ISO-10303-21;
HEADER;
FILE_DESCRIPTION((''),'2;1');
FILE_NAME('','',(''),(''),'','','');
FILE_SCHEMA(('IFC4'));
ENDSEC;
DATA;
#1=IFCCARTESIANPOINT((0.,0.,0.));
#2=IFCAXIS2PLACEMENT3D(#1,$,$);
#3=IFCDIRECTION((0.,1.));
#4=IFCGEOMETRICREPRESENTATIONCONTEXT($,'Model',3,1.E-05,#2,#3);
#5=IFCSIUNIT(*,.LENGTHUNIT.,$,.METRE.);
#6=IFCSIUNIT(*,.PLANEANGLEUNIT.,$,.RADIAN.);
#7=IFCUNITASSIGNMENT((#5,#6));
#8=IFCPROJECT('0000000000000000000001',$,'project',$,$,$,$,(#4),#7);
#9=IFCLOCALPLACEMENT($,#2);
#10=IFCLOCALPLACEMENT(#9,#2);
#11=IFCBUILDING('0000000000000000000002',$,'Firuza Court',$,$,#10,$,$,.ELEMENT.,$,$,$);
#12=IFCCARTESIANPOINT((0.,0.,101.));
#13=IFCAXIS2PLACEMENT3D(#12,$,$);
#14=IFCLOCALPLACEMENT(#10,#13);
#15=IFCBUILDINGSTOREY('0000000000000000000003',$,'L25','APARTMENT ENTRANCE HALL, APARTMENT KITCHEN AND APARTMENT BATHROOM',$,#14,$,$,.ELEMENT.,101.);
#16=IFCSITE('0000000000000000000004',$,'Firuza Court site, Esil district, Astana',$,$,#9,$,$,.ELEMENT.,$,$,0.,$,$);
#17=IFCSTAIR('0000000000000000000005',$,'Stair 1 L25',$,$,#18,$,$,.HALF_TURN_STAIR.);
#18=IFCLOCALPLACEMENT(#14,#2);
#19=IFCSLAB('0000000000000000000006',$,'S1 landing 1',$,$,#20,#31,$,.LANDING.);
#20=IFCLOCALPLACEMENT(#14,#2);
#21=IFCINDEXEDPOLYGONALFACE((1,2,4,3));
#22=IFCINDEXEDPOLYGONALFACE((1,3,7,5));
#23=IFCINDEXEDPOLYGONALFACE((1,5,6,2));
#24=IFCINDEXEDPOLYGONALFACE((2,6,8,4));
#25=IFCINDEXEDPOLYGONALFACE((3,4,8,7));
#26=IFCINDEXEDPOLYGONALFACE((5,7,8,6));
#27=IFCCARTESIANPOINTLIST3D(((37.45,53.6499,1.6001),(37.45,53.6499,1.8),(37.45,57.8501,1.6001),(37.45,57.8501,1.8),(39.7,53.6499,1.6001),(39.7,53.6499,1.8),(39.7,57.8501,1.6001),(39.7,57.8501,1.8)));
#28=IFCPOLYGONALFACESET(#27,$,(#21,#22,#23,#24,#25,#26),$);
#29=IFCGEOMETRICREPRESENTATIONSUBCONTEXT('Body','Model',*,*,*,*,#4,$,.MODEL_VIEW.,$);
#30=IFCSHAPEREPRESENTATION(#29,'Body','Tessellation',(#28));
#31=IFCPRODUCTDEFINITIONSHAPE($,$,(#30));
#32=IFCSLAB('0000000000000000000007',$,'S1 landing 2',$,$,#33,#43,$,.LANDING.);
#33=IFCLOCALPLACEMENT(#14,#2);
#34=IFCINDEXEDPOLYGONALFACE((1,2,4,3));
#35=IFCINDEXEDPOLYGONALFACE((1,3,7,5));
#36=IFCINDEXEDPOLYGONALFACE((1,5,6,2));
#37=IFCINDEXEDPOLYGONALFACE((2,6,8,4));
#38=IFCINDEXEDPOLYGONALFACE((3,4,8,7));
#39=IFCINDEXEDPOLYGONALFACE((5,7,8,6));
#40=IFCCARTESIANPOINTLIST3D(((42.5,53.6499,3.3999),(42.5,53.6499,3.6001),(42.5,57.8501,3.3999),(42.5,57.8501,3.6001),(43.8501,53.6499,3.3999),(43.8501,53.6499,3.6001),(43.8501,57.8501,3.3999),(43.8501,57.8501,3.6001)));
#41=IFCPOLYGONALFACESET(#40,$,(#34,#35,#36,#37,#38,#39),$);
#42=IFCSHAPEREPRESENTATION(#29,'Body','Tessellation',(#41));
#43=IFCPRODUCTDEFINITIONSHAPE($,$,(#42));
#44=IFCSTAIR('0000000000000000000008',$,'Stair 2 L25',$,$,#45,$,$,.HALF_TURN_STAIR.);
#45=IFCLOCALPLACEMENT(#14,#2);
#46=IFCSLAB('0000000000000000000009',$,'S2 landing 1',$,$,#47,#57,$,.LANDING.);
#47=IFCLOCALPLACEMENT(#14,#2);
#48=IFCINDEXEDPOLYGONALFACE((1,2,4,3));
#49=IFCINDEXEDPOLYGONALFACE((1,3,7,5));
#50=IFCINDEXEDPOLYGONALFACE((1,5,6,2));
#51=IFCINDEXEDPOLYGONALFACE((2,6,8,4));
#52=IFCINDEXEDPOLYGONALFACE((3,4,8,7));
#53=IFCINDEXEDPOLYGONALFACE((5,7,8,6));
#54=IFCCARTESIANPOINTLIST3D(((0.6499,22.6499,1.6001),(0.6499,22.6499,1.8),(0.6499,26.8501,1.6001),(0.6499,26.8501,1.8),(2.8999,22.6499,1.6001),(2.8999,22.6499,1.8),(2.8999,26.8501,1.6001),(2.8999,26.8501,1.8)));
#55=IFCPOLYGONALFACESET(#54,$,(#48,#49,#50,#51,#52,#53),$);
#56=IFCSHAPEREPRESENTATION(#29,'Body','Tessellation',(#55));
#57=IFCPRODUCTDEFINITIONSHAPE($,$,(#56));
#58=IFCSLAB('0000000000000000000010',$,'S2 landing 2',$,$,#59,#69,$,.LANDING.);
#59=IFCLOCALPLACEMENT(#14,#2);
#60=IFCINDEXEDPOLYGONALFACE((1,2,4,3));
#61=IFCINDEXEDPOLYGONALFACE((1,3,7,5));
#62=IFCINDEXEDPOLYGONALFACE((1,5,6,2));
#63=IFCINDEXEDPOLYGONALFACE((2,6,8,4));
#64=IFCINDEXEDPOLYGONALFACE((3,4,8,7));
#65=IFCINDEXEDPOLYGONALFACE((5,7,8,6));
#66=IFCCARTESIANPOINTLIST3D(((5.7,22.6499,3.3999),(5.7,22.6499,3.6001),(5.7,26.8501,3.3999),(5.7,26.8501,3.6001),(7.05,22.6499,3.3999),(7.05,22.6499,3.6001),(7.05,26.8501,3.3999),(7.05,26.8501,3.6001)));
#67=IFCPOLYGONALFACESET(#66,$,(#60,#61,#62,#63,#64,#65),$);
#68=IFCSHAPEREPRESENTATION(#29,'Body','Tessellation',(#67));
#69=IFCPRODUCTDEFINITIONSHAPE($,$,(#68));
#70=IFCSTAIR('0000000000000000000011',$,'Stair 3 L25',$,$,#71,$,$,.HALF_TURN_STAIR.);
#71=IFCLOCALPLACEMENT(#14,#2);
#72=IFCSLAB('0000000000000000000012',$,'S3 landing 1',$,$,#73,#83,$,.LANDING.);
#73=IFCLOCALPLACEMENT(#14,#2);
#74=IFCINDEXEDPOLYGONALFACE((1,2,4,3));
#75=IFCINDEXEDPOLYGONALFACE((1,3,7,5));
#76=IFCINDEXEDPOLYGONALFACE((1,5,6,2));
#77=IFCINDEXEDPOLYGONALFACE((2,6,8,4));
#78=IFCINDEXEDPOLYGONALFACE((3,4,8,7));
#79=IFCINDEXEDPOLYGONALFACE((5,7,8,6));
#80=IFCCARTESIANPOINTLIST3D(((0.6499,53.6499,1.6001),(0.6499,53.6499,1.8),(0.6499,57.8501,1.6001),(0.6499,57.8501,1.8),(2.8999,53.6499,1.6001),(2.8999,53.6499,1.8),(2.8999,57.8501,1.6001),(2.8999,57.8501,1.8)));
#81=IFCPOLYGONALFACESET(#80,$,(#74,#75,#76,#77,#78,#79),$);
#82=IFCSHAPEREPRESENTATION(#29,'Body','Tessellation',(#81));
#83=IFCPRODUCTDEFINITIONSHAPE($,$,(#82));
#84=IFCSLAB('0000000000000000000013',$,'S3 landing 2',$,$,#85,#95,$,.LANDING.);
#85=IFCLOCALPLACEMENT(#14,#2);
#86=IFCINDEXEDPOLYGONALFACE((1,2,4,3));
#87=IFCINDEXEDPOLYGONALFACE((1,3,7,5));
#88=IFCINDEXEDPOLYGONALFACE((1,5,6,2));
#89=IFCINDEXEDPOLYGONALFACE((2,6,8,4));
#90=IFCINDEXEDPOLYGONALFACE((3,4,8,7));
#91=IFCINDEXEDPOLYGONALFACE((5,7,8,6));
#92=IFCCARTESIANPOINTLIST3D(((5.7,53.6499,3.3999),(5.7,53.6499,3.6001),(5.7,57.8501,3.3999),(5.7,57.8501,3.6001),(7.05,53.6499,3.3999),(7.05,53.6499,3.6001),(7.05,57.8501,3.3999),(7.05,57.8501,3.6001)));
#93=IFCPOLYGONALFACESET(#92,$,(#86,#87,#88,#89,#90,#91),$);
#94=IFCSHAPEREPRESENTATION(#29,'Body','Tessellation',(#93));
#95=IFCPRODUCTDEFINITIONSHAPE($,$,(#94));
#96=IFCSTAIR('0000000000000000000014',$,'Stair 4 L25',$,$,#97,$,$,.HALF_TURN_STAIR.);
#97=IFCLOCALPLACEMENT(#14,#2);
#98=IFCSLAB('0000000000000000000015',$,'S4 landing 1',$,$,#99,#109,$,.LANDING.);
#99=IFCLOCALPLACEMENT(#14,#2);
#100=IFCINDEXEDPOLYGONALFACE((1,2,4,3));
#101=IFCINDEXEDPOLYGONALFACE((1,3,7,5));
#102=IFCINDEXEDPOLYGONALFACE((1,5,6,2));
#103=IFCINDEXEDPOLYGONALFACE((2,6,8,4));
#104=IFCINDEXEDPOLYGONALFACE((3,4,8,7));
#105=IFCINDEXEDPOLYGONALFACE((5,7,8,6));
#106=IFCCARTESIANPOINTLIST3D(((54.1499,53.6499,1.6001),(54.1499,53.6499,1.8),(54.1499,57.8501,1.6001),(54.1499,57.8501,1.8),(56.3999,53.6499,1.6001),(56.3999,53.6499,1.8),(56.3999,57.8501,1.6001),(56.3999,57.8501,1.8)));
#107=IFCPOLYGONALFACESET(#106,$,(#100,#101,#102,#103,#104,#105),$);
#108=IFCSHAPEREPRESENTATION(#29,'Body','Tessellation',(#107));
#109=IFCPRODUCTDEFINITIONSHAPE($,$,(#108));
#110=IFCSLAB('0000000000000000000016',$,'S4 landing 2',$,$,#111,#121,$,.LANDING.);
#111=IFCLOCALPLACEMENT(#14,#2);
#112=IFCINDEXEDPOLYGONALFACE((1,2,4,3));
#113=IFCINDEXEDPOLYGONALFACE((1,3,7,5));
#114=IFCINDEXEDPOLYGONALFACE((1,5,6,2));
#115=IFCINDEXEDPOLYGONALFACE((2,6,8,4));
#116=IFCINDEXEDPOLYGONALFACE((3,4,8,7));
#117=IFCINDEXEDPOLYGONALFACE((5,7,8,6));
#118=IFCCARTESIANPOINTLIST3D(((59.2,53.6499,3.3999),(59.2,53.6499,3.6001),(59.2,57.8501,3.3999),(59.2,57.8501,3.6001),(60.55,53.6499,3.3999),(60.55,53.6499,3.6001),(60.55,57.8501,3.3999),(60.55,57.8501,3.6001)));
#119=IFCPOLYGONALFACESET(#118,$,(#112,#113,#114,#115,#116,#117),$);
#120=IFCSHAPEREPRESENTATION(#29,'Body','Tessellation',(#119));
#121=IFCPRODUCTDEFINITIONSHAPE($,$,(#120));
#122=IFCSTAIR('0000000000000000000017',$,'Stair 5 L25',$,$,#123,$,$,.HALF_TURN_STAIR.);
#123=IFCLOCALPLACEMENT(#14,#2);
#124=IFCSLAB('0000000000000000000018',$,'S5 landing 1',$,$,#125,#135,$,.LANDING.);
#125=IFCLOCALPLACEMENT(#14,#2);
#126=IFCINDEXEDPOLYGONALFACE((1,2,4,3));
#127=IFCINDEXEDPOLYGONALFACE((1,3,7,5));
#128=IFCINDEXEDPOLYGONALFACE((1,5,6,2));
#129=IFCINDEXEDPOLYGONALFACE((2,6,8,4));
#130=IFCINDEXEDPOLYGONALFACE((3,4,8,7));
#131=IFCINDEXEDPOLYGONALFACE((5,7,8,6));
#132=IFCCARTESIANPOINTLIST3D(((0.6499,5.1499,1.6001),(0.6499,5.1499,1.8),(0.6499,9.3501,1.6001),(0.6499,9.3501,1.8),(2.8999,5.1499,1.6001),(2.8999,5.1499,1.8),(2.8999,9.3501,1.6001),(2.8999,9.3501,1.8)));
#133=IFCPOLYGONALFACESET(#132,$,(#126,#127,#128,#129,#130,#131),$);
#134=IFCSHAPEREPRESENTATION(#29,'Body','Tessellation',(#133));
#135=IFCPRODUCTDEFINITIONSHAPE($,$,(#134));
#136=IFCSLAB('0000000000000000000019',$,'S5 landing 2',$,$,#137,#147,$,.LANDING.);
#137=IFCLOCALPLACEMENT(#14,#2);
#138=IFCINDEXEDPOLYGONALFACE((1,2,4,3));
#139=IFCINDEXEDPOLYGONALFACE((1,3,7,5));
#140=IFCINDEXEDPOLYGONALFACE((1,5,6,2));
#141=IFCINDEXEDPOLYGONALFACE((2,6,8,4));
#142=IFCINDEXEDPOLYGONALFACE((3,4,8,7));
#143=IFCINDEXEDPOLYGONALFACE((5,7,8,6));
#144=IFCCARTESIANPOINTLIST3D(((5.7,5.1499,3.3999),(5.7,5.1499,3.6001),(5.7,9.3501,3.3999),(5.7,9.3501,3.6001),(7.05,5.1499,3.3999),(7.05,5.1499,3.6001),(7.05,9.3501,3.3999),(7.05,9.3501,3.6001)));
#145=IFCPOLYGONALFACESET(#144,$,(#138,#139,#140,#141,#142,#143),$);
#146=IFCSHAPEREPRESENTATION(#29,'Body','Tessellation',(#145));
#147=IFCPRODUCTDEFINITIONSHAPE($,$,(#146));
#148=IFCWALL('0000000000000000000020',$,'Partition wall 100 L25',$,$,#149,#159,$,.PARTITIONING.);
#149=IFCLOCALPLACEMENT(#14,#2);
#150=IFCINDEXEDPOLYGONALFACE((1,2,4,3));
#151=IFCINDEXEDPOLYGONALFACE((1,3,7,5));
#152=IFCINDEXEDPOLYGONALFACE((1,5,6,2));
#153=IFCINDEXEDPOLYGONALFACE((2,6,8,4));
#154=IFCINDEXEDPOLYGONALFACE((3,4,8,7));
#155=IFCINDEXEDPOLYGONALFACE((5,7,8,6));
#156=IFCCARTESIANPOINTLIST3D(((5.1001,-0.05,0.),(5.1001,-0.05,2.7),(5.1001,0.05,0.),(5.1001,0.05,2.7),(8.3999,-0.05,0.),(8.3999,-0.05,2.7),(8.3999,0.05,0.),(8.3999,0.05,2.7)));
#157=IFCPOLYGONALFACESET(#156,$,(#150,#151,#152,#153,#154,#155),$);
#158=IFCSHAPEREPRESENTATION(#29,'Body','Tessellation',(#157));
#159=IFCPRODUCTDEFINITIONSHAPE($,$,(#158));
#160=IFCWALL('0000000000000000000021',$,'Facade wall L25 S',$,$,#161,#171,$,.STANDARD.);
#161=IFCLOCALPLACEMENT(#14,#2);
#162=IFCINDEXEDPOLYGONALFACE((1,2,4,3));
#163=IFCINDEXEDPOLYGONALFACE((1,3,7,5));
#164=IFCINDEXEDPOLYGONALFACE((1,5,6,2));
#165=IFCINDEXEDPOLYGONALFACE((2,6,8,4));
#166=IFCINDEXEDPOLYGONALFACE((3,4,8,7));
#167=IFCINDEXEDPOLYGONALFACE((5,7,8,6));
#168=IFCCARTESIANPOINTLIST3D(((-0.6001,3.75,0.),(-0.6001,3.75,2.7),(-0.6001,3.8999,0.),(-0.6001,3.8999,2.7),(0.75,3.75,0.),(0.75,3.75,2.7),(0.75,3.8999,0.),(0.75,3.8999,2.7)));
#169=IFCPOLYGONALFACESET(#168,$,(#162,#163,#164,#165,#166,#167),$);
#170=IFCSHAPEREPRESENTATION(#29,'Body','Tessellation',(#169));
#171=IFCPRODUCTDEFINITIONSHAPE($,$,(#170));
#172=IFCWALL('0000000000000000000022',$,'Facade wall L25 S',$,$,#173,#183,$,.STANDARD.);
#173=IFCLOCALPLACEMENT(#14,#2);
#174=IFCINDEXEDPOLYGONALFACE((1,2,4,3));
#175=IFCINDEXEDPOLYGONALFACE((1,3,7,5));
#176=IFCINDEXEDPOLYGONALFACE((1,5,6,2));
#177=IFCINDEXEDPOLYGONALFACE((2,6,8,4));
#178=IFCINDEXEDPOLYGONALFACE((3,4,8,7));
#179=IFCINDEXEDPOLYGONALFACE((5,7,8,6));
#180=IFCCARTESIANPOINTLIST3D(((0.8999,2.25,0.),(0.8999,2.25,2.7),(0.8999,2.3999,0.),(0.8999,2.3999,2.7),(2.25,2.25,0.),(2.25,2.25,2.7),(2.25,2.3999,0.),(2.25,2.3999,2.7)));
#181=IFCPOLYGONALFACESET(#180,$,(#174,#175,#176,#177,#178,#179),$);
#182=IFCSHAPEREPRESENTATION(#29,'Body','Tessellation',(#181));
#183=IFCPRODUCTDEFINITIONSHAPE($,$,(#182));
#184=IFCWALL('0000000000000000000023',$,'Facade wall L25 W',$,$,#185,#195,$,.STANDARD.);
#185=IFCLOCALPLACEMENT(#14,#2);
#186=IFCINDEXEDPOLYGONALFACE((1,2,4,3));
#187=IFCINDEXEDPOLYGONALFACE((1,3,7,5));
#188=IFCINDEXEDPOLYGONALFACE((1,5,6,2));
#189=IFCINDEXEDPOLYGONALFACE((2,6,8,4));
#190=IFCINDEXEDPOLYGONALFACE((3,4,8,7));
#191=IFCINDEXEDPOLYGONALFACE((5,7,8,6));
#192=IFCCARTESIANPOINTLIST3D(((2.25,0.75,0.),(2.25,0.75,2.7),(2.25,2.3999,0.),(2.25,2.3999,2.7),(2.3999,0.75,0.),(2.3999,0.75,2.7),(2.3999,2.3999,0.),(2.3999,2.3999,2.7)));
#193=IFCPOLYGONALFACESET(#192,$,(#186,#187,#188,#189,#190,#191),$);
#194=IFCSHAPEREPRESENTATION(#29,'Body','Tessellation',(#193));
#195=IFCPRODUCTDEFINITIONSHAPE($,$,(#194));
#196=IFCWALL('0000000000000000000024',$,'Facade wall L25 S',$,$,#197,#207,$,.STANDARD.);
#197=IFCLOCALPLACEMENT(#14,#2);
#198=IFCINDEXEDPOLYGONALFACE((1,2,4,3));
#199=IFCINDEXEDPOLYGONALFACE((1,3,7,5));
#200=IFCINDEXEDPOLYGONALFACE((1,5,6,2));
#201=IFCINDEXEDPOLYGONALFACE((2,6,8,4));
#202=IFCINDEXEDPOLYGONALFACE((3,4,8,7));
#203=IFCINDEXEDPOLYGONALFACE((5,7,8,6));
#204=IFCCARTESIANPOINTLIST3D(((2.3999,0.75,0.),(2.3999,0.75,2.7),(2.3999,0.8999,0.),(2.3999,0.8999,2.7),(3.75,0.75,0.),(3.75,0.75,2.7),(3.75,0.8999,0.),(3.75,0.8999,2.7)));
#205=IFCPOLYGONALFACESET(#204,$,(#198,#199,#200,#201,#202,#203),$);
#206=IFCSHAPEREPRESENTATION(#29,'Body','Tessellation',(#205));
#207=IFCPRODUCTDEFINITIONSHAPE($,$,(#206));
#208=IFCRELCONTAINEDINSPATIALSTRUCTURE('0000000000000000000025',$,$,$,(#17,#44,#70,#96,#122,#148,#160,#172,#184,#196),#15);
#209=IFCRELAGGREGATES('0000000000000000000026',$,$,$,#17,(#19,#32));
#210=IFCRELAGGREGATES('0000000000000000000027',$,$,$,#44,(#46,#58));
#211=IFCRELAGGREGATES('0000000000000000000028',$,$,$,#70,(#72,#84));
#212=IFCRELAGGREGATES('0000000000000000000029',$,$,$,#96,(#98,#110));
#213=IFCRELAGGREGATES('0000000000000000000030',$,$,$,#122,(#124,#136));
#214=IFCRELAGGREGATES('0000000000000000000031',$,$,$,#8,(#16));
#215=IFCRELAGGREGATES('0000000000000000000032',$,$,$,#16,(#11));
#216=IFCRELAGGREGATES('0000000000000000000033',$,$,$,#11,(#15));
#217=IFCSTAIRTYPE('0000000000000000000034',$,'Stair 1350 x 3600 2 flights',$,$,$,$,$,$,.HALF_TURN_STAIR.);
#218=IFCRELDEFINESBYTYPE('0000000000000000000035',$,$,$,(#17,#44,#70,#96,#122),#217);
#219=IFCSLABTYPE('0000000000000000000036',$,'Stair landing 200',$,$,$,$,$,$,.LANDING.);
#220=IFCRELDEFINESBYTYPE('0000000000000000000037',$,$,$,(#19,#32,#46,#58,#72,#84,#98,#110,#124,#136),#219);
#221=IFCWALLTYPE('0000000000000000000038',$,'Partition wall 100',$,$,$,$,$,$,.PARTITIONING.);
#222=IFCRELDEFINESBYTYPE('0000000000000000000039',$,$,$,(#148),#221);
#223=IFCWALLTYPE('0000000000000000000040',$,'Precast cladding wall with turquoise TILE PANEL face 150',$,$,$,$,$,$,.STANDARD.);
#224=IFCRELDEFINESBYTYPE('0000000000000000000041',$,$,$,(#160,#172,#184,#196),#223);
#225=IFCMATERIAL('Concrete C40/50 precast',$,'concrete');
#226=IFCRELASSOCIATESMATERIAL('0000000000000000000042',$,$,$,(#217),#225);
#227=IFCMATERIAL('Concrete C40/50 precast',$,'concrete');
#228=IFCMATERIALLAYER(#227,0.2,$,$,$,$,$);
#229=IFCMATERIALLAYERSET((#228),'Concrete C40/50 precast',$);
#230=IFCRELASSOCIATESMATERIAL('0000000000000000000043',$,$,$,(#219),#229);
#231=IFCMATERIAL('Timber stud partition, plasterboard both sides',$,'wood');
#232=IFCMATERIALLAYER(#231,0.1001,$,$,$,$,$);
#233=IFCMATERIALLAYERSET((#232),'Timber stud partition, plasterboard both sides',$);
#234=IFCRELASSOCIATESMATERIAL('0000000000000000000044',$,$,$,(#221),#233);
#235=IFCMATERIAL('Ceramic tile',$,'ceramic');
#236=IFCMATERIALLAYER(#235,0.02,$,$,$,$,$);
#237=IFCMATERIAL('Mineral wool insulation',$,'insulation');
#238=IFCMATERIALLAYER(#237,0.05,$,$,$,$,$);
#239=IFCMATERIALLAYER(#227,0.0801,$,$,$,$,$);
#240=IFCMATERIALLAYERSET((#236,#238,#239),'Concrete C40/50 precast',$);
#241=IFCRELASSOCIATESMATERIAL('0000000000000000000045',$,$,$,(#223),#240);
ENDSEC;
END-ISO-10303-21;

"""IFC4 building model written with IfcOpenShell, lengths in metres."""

from ifc_helpers import new_model, si_unit, direction, frame, frame_2d, origin, place, context, subcontext, project, spatial, polyline, rectangle, outline, extrude, material, layer, layer_set, type_object, element, aggregate, save


model = new_model("IFC4")

# Units and contexts
model_context = context("Model", 3, precision=1e-05, world=origin(), true_north=direction((0.0, 1.0)))
body_context = subcontext(model_context, "Body", "Model", "MODEL_VIEW")
ifc_project = project(units=[si_unit("LENGTHUNIT", "METRE"), si_unit("PLANEANGLEUNIT", "RADIAN")], contexts=[model_context])

# Site, building, storey
site_placement = place(None, origin())
site = spatial("IfcSite", under=ifc_project, at=site_placement, Name="Firuza Court site, Esil district, Astana", CompositionType="ELEMENT", RefElevation=0.0)
building_placement = place(site_placement, origin())
building = spatial("IfcBuilding", under=site, at=building_placement, Name="Firuza Court", CompositionType="ELEMENT")
storey_placement = place(building_placement, frame((0.0, 0.0, 101.0)))
storey = spatial("IfcBuildingStorey", under=building, at=storey_placement, Name="L25", Description="APARTMENT ENTRANCE HALL, APARTMENT KITCHEN AND APARTMENT BATHROOM", CompositionType="ELEMENT", Elevation=101.0)

# Stairs, slabs
ifc_material_1 = material(Name="Concrete C40/50 precast", Category="concrete")
stair_type = type_object("IfcStairType", Name="Stair 1350 x 3600 2 flights", PredefinedType="HALF_TURN_STAIR", material=ifc_material_1)
stair_1_placement = place(storey_placement, origin())
stair_1 = element("IfcStair", 1, at=stair_1_placement, inside=storey, type_object=stair_type, Name="Stair 1 L25", PredefinedType="HALF_TURN_STAIR")
ifc_material_2 = material(Name="Concrete C40/50 precast", Category="concrete")
ifc_layer_1 = layer(ifc_material_2, 0.2)
ifc_layer_set_1 = layer_set([ifc_layer_1], Name="Concrete C40/50 precast")
slab_type_1 = type_object("IfcSlabType", Name="Stair landing 200", PredefinedType="LANDING", material=ifc_layer_set_1)
slab_1_placement = place(storey_placement, frame((0.0, 0.0, 1.6001)))
slab_1 = element("IfcSlab", 2, at=slab_1_placement, type_object=slab_type_1, Name="S1 landing 1", PredefinedType="LANDING", context=body_context, shape_type="SweptSolid", body=[
    extrude(outline(polyline([(39.7, 53.6499), (39.7, 57.8501), (37.45, 57.8501), (37.45, 53.6499), (39.7, 53.6499)])), origin(), (0.0, 0.0, 1.0), 0.2),
])
slab_2_placement = place(storey_placement, frame((0.0, 0.0, 3.3999)))
slab_2 = element("IfcSlab", 3, at=slab_2_placement, type_object=slab_type_1, Name="S1 landing 2", PredefinedType="LANDING", context=body_context, shape_type="SweptSolid", body=[
    extrude(outline(polyline([(43.8501, 53.6499), (43.8501, 57.8501), (42.5, 57.8501), (42.5, 53.6499), (43.8501, 53.6499)])), origin(), (0.0, 0.0, 1.0), 0.2002),
])
aggregate(stair_1, [slab_1, slab_2])
stair_2_placement = place(storey_placement, origin())
stair_2 = element("IfcStair", 4, at=stair_2_placement, inside=storey, type_object=stair_type, Name="Stair 2 L25", PredefinedType="HALF_TURN_STAIR")
slab_3_placement = place(storey_placement, frame((0.0, 0.0, 1.6001)))
slab_3 = element("IfcSlab", 5, at=slab_3_placement, type_object=slab_type_1, Name="S2 landing 1", PredefinedType="LANDING", context=body_context, shape_type="SweptSolid", body=[
    extrude(outline(polyline([(2.8999, 22.6499), (2.8999, 26.8501), (0.6499, 26.8501), (0.6499, 22.6499), (2.8999, 22.6499)])), origin(), (0.0, 0.0, 1.0), 0.2),
])
slab_4_placement = place(storey_placement, frame((0.0, 0.0, 3.3999)))
slab_4 = element("IfcSlab", 6, at=slab_4_placement, type_object=slab_type_1, Name="S2 landing 2", PredefinedType="LANDING", context=body_context, shape_type="SweptSolid", body=[
    extrude(outline(polyline([(7.05, 22.6499), (7.05, 26.8501), (5.7, 26.8501), (5.7, 22.6499), (7.05, 22.6499)])), origin(), (0.0, 0.0, 1.0), 0.2002),
])
aggregate(stair_2, [slab_3, slab_4])
stair_3_placement = place(storey_placement, origin())
stair_3 = element("IfcStair", 7, at=stair_3_placement, inside=storey, type_object=stair_type, Name="Stair 3 L25", PredefinedType="HALF_TURN_STAIR")
slab_5_placement = place(storey_placement, frame((0.0, 0.0, 1.6001)))
slab_5 = element("IfcSlab", 8, at=slab_5_placement, type_object=slab_type_1, Name="S3 landing 1", PredefinedType="LANDING", context=body_context, shape_type="SweptSolid", body=[
    extrude(outline(polyline([(2.8999, 53.6499), (2.8999, 57.8501), (0.6499, 57.8501), (0.6499, 53.6499), (2.8999, 53.6499)])), origin(), (0.0, 0.0, 1.0), 0.2),
])
slab_6_placement = place(storey_placement, frame((0.0, 0.0, 3.3999)))
slab_6 = element("IfcSlab", 9, at=slab_6_placement, type_object=slab_type_1, Name="S3 landing 2", PredefinedType="LANDING", context=body_context, shape_type="SweptSolid", body=[
    extrude(outline(polyline([(7.05, 53.6499), (7.05, 57.8501), (5.7, 57.8501), (5.7, 53.6499), (7.05, 53.6499)])), origin(), (0.0, 0.0, 1.0), 0.2002),
])
aggregate(stair_3, [slab_5, slab_6])
stair_4_placement = place(storey_placement, origin())
stair_4 = element("IfcStair", 10, at=stair_4_placement, inside=storey, type_object=stair_type, Name="Stair 4 L25", PredefinedType="HALF_TURN_STAIR")
slab_7_placement = place(storey_placement, frame((0.0, 0.0, 1.6001)))
slab_7 = element("IfcSlab", 11, at=slab_7_placement, type_object=slab_type_1, Name="S4 landing 1", PredefinedType="LANDING", context=body_context, shape_type="SweptSolid", body=[
    extrude(outline(polyline([(56.3999, 53.6499), (56.3999, 57.8501), (54.1499, 57.8501), (54.1499, 53.6499), (56.3999, 53.6499)])), origin(), (0.0, 0.0, 1.0), 0.2),
])
slab_8_placement = place(storey_placement, frame((0.0, 0.0, 3.3999)))
slab_8 = element("IfcSlab", 12, at=slab_8_placement, type_object=slab_type_1, Name="S4 landing 2", PredefinedType="LANDING", context=body_context, shape_type="SweptSolid", body=[
    extrude(outline(polyline([(60.55, 53.6499), (60.55, 57.8501), (59.2, 57.8501), (59.2, 53.6499), (60.55, 53.6499)])), origin(), (0.0, 0.0, 1.0), 0.2002),
])
aggregate(stair_4, [slab_7, slab_8])
stair_5_placement = place(storey_placement, origin())
stair_5 = element("IfcStair", 13, at=stair_5_placement, inside=storey, type_object=stair_type, Name="Stair 5 L25", PredefinedType="HALF_TURN_STAIR")
slab_9_placement = place(storey_placement, frame((0.0, 0.0, 1.6001)))
slab_9 = element("IfcSlab", 14, at=slab_9_placement, type_object=slab_type_1, Name="S5 landing 1", PredefinedType="LANDING", context=body_context, shape_type="SweptSolid", body=[
    extrude(outline(polyline([(2.8999, 5.1499), (2.8999, 9.3501), (0.6499, 9.3501), (0.6499, 5.1499), (2.8999, 5.1499)])), origin(), (0.0, 0.0, 1.0), 0.2),
])
slab_10_placement = place(storey_placement, frame((0.0, 0.0, 3.3999)))
slab_10 = element("IfcSlab", 15, at=slab_10_placement, type_object=slab_type_1, Name="S5 landing 2", PredefinedType="LANDING", context=body_context, shape_type="SweptSolid", body=[
    extrude(outline(polyline([(7.05, 5.1499), (7.05, 9.3501), (5.7, 9.3501), (5.7, 5.1499), (7.05, 5.1499)])), origin(), (0.0, 0.0, 1.0), 0.2002),
])
aggregate(stair_5, [slab_9, slab_10])

# Walls
ifc_material_3 = material(Name="Timber stud partition, plasterboard both sides", Category="wood")
ifc_layer_2 = layer(ifc_material_3, 0.1001)
ifc_layer_set_2 = layer_set([ifc_layer_2], Name="Timber stud partition, plasterboard both sides")
wall_type_1 = type_object("IfcWallType", Name="Partition wall 100", PredefinedType="PARTITIONING", material=ifc_layer_set_2)
wall_1_placement = place(storey_placement, frame((5.1001, 0.0, 0.0), z_axis=(0.0, 0.0, 1.0), x_axis=(1.0, 0.0, 0.0)))
element("IfcWall", 16, at=wall_1_placement, inside=storey, type_object=wall_type_1, Name="Partition wall 100 L25", PredefinedType="PARTITIONING", context=body_context, shape_type="SweptSolid", body=[
    extrude(rectangle(XDim=3.2998, YDim=0.1001, at=frame_2d((1.6499, 0.0))), origin(), (0.0, 0.0, 1.0), 2.7),
])
ifc_material_4 = material(Name="Ceramic tile", Category="ceramic")
ifc_layer_3 = layer(ifc_material_4, 0.02)
ifc_material_5 = material(Name="Mineral wool insulation", Category="insulation")
ifc_layer_4 = layer(ifc_material_5, 0.05)
ifc_layer_5 = layer(ifc_material_2, 0.0801)
ifc_layer_set_3 = layer_set([ifc_layer_3, ifc_layer_4, ifc_layer_5], Name="Concrete C40/50 precast")
wall_type_2 = type_object("IfcWallType", Name="Precast cladding wall with turquoise TILE PANEL face 150", PredefinedType="STANDARD", material=ifc_layer_set_3)
for number, where, z_axis, x_axis, name in (
    (17, (-0.6001, 3.825, 0.0), (0.0, 0.0, 1.0), (1.0, 0.0, 0.0), "Facade wall L25 S"),
    (18, (0.8999, 2.325, 0.0), (0.0, 0.0, 1.0), (1.0, 0.0, 0.0), "Facade wall L25 S"),
):
    element("IfcWall", number, at=place(storey_placement, frame(where, z_axis=z_axis, x_axis=x_axis)), inside=storey, type_object=wall_type_2, Name=name, PredefinedType="STANDARD", context=body_context, shape_type="SweptSolid", body=[
        extrude(rectangle(XDim=1.3501, YDim=0.1499, at=frame_2d((0.675, 0.0))), origin(), (0.0, 0.0, 1.0), 2.7),
    ])
wall_2_placement = place(storey_placement, frame((2.325, 2.3999, 0.0), z_axis=(0.0, 0.0, 1.0), x_axis=(0.0, -1.0, 0.0)))
element("IfcWall", 19, at=wall_2_placement, inside=storey, type_object=wall_type_2, Name="Facade wall L25 W", PredefinedType="STANDARD", context=body_context, shape_type="SweptSolid", body=[
    extrude(rectangle(XDim=1.6499, YDim=0.1499, at=frame_2d((0.825, 0.0))), origin(), (0.0, 0.0, 1.0), 2.7),
])
wall_3_placement = place(storey_placement, frame((2.3999, 0.825, 0.0), z_axis=(0.0, 0.0, 1.0), x_axis=(1.0, 0.0, 0.0)))
element("IfcWall", 20, at=wall_3_placement, inside=storey, type_object=wall_type_2, Name="Facade wall L25 S", PredefinedType="STANDARD", context=body_context, shape_type="SweptSolid", body=[
    extrude(rectangle(XDim=1.3501, YDim=0.1499, at=frame_2d((0.675, 0.0))), origin(), (0.0, 0.0, 1.0), 2.7),
])

save(model, "model.ifc")
